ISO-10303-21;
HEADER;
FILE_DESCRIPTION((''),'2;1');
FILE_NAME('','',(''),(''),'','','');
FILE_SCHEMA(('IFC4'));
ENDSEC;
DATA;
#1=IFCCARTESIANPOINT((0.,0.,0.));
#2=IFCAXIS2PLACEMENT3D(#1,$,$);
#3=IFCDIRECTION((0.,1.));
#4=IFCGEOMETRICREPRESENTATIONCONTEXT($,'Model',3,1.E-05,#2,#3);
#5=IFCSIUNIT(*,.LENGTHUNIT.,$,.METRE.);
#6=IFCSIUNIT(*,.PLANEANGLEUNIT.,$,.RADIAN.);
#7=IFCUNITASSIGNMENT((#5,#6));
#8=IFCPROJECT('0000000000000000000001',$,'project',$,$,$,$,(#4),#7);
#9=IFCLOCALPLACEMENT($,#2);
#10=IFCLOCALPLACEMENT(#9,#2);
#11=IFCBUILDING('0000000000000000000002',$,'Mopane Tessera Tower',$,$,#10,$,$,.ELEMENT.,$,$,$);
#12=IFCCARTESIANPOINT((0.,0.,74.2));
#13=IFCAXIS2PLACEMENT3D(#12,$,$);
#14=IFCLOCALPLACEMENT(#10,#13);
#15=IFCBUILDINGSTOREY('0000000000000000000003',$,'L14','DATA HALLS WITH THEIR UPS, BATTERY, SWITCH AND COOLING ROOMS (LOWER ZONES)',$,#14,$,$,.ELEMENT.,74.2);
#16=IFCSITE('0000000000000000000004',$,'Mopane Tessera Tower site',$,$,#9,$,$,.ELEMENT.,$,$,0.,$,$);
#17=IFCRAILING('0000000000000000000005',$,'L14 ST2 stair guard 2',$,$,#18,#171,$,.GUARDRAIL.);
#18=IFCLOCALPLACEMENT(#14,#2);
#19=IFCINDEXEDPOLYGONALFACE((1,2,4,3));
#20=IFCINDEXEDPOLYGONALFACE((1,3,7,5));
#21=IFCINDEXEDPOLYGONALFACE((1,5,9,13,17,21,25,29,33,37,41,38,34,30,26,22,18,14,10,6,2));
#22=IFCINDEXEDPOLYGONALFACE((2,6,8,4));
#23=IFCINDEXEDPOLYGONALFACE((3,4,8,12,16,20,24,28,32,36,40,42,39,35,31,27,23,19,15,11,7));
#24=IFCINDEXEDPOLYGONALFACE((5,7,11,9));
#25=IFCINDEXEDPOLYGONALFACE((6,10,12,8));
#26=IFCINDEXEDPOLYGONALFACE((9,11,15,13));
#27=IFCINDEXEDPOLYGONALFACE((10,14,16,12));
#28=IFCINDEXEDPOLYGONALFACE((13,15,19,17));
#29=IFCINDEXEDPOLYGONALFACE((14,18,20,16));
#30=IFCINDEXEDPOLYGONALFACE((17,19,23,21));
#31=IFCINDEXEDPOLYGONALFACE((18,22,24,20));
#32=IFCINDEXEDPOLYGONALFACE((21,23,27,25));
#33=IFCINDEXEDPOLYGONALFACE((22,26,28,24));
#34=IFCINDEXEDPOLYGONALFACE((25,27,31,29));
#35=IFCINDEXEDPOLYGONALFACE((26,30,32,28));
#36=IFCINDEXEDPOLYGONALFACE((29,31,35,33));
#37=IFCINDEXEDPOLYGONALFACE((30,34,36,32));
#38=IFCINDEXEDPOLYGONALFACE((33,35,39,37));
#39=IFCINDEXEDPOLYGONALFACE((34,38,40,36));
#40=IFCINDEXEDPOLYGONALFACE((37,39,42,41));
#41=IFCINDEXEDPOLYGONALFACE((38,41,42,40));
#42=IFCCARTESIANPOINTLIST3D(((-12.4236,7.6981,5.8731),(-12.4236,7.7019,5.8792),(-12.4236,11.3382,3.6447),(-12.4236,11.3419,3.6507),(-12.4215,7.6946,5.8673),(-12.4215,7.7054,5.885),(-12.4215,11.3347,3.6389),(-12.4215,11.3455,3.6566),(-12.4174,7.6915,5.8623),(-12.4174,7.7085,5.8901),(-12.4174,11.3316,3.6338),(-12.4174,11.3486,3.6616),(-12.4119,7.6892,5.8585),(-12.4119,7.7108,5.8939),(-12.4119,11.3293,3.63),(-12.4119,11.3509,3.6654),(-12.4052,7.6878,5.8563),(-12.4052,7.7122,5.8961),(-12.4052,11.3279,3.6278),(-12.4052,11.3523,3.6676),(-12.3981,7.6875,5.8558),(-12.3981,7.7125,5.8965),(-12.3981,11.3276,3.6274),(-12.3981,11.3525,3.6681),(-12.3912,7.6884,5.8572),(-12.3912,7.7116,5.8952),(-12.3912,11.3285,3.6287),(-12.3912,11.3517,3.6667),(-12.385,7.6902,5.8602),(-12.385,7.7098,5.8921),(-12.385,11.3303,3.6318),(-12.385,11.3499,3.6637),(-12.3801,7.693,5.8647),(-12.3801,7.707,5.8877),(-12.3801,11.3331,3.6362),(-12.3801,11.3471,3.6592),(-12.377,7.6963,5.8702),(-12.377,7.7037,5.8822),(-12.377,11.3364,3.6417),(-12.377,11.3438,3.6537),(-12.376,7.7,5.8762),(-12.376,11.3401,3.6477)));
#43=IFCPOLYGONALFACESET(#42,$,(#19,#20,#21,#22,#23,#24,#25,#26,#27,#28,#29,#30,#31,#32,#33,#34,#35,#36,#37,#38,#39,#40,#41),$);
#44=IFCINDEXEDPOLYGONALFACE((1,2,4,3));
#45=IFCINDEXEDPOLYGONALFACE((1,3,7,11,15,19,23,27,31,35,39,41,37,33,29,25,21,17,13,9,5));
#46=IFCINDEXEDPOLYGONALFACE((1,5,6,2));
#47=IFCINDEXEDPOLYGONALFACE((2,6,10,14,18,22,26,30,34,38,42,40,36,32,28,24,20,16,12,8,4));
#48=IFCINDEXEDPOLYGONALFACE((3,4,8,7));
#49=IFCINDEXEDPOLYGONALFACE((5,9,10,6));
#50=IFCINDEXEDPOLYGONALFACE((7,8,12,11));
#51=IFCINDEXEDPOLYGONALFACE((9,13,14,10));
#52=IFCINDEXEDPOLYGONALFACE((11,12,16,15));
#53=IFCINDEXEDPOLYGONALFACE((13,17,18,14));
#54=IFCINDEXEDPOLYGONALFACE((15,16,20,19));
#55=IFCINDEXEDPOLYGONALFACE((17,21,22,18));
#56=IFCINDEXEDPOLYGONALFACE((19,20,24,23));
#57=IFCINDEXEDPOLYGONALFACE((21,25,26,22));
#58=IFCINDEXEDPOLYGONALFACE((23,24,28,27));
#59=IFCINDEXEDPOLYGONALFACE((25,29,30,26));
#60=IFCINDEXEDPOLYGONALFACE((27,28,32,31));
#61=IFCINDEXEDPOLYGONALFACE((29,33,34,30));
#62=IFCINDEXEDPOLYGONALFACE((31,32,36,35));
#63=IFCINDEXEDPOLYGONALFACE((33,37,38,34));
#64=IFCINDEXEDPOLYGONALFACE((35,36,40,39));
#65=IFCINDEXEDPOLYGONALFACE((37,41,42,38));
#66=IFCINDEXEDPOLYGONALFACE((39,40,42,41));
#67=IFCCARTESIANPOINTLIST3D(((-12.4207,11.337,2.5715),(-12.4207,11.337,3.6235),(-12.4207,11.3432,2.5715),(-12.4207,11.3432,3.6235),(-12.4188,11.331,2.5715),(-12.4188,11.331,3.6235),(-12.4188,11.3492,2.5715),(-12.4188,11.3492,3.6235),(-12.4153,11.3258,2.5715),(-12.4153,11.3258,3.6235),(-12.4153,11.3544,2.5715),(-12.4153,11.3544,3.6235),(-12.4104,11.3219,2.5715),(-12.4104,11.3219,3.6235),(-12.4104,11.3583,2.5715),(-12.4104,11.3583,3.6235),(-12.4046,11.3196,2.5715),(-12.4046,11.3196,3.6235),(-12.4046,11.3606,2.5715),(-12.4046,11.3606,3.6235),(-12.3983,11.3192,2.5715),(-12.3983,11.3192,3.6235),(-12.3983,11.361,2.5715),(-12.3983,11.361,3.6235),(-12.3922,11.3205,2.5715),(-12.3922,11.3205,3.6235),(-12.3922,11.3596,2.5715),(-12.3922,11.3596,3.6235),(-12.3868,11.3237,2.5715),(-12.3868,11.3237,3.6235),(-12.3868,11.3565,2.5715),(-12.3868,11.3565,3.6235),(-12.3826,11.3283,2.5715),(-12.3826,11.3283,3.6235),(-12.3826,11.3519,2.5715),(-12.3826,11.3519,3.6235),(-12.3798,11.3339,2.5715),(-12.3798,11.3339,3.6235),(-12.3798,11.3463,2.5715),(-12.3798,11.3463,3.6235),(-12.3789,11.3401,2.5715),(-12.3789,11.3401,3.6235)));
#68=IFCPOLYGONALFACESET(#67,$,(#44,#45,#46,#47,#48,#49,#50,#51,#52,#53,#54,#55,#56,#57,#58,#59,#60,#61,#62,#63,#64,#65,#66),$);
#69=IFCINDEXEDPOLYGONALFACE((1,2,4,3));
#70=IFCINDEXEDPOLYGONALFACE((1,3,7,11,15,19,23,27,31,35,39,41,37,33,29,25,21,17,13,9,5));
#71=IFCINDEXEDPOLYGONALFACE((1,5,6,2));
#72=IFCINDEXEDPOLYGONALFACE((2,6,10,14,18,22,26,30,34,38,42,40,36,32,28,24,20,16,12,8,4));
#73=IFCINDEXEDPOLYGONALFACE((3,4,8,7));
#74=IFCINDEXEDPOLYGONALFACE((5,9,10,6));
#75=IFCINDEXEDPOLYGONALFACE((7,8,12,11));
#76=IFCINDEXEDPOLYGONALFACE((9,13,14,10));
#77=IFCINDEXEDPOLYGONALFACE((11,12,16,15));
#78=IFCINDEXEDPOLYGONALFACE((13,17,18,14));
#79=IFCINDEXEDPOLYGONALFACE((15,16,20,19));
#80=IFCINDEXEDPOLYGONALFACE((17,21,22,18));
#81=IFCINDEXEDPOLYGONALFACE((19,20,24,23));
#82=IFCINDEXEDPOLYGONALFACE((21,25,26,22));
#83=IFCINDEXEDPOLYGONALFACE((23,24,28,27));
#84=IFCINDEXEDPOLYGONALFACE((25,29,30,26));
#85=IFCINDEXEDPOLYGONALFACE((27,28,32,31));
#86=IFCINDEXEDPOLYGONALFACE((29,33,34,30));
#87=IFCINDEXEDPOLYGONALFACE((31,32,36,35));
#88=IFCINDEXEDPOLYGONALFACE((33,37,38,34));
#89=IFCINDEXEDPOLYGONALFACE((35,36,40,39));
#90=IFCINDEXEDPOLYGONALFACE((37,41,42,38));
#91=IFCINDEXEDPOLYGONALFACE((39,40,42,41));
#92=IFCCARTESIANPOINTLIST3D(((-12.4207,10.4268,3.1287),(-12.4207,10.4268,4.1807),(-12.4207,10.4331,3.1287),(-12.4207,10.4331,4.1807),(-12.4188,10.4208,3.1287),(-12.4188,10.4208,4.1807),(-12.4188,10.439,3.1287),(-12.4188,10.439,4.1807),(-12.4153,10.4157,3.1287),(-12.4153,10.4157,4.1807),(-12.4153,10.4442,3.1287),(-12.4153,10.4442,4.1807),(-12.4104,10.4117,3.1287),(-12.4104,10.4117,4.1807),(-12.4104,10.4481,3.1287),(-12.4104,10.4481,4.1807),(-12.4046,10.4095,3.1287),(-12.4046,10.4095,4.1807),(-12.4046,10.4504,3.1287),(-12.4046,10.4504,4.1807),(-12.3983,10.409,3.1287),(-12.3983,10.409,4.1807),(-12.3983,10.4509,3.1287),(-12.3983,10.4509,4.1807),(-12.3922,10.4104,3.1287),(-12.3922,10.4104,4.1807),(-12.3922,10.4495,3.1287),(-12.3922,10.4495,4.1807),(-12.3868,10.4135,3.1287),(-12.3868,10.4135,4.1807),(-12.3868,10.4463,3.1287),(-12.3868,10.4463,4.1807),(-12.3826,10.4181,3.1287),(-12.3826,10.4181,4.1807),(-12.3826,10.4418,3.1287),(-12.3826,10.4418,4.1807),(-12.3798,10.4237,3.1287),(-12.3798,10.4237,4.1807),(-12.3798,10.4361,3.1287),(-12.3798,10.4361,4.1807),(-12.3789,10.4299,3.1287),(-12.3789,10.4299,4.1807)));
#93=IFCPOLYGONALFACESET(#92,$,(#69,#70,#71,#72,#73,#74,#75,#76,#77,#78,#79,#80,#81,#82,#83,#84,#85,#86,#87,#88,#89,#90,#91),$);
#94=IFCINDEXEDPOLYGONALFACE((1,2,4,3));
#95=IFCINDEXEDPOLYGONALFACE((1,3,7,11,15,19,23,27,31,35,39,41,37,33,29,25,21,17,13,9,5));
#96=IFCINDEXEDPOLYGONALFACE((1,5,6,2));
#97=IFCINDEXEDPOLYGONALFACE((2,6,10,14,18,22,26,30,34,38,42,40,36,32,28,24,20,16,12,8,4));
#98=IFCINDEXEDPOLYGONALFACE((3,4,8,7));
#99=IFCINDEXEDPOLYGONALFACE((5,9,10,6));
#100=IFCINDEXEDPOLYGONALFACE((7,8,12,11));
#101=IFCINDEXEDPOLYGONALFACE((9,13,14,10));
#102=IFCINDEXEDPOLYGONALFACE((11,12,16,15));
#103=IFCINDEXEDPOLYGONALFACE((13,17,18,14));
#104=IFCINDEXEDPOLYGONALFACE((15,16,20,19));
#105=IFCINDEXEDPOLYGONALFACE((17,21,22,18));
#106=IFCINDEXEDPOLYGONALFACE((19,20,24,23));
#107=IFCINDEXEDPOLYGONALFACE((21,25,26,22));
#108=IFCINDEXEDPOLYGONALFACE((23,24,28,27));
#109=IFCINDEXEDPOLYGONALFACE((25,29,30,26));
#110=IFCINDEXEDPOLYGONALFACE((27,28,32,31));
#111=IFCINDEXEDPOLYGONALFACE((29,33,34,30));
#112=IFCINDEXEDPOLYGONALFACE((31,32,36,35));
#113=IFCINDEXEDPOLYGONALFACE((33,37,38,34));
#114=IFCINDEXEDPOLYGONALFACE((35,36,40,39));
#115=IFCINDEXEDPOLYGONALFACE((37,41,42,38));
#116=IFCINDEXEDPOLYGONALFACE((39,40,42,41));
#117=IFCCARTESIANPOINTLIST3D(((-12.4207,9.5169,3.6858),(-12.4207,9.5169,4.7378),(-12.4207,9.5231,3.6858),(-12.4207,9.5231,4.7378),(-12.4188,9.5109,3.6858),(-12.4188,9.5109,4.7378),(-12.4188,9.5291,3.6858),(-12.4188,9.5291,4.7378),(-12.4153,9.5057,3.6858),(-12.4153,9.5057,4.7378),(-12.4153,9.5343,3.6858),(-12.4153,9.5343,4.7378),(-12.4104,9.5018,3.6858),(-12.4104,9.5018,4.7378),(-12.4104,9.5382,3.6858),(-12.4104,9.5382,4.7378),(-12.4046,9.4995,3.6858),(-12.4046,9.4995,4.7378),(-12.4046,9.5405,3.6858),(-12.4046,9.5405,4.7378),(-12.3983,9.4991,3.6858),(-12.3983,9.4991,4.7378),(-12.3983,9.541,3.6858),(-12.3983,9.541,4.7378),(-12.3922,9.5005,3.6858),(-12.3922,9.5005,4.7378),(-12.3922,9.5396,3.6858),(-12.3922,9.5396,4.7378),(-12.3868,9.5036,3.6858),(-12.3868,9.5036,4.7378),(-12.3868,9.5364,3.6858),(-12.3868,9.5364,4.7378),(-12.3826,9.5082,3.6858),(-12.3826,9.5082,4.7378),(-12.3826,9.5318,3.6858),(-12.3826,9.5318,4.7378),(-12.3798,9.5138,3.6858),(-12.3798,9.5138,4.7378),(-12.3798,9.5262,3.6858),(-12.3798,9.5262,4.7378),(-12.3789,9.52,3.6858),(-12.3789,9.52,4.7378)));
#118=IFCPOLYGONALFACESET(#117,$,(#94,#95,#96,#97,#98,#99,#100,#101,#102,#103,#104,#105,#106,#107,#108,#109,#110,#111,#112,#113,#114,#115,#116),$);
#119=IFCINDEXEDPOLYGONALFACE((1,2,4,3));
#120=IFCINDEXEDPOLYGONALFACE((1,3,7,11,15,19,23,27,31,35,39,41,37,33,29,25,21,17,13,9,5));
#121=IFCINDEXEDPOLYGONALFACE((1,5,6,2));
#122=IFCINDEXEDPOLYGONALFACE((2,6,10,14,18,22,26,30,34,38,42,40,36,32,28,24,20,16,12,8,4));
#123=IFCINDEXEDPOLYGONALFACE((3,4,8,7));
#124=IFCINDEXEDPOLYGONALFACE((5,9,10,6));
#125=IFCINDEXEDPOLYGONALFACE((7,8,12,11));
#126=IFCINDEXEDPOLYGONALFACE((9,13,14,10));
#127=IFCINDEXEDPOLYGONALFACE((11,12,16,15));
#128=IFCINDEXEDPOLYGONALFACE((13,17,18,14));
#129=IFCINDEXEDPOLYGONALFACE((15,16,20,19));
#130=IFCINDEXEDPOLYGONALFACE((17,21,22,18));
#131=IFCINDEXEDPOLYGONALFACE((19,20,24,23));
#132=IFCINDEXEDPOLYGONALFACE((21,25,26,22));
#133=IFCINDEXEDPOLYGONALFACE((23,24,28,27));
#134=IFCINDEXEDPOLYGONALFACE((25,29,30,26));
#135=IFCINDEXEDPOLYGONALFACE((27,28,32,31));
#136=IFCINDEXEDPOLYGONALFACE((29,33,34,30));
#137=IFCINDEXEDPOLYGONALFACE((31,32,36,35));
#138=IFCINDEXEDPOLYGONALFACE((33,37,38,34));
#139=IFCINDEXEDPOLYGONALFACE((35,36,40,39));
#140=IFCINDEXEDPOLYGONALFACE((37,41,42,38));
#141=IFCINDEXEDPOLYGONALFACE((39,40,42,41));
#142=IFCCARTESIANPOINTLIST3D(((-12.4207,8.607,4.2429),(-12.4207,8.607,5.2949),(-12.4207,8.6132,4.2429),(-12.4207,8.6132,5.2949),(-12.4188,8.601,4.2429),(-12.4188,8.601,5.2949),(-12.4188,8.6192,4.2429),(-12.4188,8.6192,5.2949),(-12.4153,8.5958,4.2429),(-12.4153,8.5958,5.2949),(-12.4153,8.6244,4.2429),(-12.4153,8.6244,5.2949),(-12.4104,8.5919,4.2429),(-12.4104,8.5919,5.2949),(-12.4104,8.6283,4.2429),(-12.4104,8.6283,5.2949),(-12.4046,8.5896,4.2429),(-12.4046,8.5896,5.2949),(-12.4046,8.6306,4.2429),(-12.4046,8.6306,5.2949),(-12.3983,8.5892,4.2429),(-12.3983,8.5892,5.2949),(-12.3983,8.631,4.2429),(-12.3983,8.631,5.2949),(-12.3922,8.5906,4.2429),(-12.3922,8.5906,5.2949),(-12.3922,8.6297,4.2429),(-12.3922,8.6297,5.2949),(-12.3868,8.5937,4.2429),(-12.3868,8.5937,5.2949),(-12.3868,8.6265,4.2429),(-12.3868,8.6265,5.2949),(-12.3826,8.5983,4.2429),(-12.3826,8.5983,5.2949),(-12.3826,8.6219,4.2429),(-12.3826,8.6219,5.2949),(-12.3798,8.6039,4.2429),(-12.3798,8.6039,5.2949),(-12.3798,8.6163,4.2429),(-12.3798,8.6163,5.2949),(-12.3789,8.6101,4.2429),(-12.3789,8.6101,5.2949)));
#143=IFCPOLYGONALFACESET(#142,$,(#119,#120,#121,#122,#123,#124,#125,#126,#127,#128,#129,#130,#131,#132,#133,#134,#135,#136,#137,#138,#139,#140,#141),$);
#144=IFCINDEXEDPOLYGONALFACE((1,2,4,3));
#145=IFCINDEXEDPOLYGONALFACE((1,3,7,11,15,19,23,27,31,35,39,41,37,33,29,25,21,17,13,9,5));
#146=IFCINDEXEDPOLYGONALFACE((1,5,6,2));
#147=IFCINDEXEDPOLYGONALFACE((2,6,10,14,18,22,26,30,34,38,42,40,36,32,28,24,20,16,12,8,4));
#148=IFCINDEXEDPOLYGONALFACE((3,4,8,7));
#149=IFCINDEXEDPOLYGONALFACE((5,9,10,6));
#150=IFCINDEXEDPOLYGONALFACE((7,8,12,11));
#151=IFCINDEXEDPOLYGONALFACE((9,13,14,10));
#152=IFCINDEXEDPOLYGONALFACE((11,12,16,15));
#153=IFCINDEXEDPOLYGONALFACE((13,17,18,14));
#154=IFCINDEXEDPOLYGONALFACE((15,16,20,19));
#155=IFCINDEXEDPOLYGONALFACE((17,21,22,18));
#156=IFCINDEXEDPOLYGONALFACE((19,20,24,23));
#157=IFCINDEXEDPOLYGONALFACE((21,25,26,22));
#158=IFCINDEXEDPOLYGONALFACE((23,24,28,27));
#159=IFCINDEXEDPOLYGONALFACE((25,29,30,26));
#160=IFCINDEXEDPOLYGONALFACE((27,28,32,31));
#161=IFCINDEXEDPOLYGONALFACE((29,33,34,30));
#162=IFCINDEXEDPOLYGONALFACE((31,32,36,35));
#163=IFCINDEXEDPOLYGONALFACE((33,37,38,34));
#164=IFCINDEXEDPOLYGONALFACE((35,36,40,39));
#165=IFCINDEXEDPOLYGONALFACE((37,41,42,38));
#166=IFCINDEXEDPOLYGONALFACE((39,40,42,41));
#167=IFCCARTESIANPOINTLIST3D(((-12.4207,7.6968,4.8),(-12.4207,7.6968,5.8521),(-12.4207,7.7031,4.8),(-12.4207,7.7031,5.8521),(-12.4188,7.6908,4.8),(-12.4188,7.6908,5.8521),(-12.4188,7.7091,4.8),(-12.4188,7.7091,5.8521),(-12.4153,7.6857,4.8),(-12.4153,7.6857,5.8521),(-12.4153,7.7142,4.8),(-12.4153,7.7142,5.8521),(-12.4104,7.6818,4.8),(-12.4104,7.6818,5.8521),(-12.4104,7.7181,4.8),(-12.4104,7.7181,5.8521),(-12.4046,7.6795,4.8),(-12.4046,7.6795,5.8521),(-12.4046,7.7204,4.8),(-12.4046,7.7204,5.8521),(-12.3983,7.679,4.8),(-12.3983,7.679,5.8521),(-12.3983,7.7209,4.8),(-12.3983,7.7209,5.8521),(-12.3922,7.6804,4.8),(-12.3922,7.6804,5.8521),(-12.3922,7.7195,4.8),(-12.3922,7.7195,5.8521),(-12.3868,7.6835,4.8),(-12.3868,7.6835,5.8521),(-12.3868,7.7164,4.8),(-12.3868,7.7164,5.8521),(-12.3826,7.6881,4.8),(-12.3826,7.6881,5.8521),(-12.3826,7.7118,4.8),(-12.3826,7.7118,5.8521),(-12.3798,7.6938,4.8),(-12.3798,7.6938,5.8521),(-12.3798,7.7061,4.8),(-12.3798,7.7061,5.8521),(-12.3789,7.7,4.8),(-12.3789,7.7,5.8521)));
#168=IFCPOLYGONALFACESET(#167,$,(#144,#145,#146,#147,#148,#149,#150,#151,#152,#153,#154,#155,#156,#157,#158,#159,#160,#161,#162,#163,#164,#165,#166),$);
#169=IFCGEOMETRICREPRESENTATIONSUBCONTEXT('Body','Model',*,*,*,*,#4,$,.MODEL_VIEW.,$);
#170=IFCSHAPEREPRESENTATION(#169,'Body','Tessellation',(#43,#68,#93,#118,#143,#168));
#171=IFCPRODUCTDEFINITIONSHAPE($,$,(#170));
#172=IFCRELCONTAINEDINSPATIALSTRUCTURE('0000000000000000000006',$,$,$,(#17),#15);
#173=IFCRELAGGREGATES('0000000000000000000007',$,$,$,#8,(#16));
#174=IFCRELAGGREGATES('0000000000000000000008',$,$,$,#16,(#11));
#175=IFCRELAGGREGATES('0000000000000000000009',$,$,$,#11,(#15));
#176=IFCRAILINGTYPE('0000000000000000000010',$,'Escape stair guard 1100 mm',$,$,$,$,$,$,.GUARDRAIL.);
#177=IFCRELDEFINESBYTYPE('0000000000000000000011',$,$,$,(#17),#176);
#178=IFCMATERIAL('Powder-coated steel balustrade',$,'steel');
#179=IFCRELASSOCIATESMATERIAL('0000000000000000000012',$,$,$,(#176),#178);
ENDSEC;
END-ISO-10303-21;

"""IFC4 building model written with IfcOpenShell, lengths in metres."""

from ifc_helpers import new_model, si_unit, direction, frame, origin, origin_2d, place, context, subcontext, project, spatial, circle, extrude, material, type_object, element, save


model = new_model("IFC4")

# Units and contexts
model_context = context("Model", 3, precision=1e-05, world=origin(), true_north=direction((0.0, 1.0)))
body_context = subcontext(model_context, "Body", "Model", "MODEL_VIEW")
ifc_project = project(units=[si_unit("LENGTHUNIT", "METRE"), si_unit("PLANEANGLEUNIT", "RADIAN")], contexts=[model_context])

# Site, building, storey
site_placement = place(None, origin())
site = spatial("IfcSite", under=ifc_project, at=site_placement, Name="Mopane Tessera Tower site", CompositionType="ELEMENT", RefElevation=0.0)
building_placement = place(site_placement, origin())
building = spatial("IfcBuilding", under=site, at=building_placement, Name="Mopane Tessera Tower", CompositionType="ELEMENT")
storey_placement = place(building_placement, frame((0.0, 0.0, 74.2)))
storey = spatial("IfcBuildingStorey", under=building, at=storey_placement, Name="L14", Description="DATA HALLS WITH THEIR UPS, BATTERY, SWITCH AND COOLING ROOMS (LOWER ZONES)", CompositionType="ELEMENT", Elevation=74.2)

# Railing
ifc_material_1 = material(Name="Powder-coated steel balustrade", Category="steel")
railing_type_1 = type_object("IfcRailingType", Name="Escape stair guard 1100 mm", PredefinedType="GUARDRAIL", material=ifc_material_1)
railing_1_placement = place(storey_placement, frame((-12.3999, 11.3401, 2.5715)))
element("IfcRailing", 1, at=railing_1_placement, inside=storey, type_object=railing_type_1, Name="L14 ST2 stair guard 2", PredefinedType="GUARDRAIL", context=body_context, shape_type="SweptSolid", body=[
    extrude(circle(Radius=0.0239, at=origin_2d()), frame((0.0, 0.0, 1.0762), z_axis=(0.0, -0.852866, 0.52213), x_axis=(1.0, 0.0, 0.0)), (0.0, 0.0, 1.0), 4.2681),
    extrude(circle(Radius=0.021, at=origin_2d()), origin(), (0.0, 0.0, 1.0), 1.052),
    extrude(circle(Radius=0.021, at=origin_2d()), frame((0.0, -0.9102, 0.5571)), (0.0, 0.0, 1.0), 1.052),
    extrude(circle(Radius=0.021, at=origin_2d()), frame((0.0, -1.8201, 1.1143)), (0.0, 0.0, 1.0), 1.052),
    extrude(circle(Radius=0.021, at=origin_2d()), frame((0.0, -2.73, 1.6714)), (0.0, 0.0, 1.0), 1.052),
    extrude(circle(Radius=0.021, at=origin_2d()), frame((0.0, -3.6401, 2.2285)), (0.0, 0.0, 1.0), 1.052),
])

save(model, "model.ifc")
